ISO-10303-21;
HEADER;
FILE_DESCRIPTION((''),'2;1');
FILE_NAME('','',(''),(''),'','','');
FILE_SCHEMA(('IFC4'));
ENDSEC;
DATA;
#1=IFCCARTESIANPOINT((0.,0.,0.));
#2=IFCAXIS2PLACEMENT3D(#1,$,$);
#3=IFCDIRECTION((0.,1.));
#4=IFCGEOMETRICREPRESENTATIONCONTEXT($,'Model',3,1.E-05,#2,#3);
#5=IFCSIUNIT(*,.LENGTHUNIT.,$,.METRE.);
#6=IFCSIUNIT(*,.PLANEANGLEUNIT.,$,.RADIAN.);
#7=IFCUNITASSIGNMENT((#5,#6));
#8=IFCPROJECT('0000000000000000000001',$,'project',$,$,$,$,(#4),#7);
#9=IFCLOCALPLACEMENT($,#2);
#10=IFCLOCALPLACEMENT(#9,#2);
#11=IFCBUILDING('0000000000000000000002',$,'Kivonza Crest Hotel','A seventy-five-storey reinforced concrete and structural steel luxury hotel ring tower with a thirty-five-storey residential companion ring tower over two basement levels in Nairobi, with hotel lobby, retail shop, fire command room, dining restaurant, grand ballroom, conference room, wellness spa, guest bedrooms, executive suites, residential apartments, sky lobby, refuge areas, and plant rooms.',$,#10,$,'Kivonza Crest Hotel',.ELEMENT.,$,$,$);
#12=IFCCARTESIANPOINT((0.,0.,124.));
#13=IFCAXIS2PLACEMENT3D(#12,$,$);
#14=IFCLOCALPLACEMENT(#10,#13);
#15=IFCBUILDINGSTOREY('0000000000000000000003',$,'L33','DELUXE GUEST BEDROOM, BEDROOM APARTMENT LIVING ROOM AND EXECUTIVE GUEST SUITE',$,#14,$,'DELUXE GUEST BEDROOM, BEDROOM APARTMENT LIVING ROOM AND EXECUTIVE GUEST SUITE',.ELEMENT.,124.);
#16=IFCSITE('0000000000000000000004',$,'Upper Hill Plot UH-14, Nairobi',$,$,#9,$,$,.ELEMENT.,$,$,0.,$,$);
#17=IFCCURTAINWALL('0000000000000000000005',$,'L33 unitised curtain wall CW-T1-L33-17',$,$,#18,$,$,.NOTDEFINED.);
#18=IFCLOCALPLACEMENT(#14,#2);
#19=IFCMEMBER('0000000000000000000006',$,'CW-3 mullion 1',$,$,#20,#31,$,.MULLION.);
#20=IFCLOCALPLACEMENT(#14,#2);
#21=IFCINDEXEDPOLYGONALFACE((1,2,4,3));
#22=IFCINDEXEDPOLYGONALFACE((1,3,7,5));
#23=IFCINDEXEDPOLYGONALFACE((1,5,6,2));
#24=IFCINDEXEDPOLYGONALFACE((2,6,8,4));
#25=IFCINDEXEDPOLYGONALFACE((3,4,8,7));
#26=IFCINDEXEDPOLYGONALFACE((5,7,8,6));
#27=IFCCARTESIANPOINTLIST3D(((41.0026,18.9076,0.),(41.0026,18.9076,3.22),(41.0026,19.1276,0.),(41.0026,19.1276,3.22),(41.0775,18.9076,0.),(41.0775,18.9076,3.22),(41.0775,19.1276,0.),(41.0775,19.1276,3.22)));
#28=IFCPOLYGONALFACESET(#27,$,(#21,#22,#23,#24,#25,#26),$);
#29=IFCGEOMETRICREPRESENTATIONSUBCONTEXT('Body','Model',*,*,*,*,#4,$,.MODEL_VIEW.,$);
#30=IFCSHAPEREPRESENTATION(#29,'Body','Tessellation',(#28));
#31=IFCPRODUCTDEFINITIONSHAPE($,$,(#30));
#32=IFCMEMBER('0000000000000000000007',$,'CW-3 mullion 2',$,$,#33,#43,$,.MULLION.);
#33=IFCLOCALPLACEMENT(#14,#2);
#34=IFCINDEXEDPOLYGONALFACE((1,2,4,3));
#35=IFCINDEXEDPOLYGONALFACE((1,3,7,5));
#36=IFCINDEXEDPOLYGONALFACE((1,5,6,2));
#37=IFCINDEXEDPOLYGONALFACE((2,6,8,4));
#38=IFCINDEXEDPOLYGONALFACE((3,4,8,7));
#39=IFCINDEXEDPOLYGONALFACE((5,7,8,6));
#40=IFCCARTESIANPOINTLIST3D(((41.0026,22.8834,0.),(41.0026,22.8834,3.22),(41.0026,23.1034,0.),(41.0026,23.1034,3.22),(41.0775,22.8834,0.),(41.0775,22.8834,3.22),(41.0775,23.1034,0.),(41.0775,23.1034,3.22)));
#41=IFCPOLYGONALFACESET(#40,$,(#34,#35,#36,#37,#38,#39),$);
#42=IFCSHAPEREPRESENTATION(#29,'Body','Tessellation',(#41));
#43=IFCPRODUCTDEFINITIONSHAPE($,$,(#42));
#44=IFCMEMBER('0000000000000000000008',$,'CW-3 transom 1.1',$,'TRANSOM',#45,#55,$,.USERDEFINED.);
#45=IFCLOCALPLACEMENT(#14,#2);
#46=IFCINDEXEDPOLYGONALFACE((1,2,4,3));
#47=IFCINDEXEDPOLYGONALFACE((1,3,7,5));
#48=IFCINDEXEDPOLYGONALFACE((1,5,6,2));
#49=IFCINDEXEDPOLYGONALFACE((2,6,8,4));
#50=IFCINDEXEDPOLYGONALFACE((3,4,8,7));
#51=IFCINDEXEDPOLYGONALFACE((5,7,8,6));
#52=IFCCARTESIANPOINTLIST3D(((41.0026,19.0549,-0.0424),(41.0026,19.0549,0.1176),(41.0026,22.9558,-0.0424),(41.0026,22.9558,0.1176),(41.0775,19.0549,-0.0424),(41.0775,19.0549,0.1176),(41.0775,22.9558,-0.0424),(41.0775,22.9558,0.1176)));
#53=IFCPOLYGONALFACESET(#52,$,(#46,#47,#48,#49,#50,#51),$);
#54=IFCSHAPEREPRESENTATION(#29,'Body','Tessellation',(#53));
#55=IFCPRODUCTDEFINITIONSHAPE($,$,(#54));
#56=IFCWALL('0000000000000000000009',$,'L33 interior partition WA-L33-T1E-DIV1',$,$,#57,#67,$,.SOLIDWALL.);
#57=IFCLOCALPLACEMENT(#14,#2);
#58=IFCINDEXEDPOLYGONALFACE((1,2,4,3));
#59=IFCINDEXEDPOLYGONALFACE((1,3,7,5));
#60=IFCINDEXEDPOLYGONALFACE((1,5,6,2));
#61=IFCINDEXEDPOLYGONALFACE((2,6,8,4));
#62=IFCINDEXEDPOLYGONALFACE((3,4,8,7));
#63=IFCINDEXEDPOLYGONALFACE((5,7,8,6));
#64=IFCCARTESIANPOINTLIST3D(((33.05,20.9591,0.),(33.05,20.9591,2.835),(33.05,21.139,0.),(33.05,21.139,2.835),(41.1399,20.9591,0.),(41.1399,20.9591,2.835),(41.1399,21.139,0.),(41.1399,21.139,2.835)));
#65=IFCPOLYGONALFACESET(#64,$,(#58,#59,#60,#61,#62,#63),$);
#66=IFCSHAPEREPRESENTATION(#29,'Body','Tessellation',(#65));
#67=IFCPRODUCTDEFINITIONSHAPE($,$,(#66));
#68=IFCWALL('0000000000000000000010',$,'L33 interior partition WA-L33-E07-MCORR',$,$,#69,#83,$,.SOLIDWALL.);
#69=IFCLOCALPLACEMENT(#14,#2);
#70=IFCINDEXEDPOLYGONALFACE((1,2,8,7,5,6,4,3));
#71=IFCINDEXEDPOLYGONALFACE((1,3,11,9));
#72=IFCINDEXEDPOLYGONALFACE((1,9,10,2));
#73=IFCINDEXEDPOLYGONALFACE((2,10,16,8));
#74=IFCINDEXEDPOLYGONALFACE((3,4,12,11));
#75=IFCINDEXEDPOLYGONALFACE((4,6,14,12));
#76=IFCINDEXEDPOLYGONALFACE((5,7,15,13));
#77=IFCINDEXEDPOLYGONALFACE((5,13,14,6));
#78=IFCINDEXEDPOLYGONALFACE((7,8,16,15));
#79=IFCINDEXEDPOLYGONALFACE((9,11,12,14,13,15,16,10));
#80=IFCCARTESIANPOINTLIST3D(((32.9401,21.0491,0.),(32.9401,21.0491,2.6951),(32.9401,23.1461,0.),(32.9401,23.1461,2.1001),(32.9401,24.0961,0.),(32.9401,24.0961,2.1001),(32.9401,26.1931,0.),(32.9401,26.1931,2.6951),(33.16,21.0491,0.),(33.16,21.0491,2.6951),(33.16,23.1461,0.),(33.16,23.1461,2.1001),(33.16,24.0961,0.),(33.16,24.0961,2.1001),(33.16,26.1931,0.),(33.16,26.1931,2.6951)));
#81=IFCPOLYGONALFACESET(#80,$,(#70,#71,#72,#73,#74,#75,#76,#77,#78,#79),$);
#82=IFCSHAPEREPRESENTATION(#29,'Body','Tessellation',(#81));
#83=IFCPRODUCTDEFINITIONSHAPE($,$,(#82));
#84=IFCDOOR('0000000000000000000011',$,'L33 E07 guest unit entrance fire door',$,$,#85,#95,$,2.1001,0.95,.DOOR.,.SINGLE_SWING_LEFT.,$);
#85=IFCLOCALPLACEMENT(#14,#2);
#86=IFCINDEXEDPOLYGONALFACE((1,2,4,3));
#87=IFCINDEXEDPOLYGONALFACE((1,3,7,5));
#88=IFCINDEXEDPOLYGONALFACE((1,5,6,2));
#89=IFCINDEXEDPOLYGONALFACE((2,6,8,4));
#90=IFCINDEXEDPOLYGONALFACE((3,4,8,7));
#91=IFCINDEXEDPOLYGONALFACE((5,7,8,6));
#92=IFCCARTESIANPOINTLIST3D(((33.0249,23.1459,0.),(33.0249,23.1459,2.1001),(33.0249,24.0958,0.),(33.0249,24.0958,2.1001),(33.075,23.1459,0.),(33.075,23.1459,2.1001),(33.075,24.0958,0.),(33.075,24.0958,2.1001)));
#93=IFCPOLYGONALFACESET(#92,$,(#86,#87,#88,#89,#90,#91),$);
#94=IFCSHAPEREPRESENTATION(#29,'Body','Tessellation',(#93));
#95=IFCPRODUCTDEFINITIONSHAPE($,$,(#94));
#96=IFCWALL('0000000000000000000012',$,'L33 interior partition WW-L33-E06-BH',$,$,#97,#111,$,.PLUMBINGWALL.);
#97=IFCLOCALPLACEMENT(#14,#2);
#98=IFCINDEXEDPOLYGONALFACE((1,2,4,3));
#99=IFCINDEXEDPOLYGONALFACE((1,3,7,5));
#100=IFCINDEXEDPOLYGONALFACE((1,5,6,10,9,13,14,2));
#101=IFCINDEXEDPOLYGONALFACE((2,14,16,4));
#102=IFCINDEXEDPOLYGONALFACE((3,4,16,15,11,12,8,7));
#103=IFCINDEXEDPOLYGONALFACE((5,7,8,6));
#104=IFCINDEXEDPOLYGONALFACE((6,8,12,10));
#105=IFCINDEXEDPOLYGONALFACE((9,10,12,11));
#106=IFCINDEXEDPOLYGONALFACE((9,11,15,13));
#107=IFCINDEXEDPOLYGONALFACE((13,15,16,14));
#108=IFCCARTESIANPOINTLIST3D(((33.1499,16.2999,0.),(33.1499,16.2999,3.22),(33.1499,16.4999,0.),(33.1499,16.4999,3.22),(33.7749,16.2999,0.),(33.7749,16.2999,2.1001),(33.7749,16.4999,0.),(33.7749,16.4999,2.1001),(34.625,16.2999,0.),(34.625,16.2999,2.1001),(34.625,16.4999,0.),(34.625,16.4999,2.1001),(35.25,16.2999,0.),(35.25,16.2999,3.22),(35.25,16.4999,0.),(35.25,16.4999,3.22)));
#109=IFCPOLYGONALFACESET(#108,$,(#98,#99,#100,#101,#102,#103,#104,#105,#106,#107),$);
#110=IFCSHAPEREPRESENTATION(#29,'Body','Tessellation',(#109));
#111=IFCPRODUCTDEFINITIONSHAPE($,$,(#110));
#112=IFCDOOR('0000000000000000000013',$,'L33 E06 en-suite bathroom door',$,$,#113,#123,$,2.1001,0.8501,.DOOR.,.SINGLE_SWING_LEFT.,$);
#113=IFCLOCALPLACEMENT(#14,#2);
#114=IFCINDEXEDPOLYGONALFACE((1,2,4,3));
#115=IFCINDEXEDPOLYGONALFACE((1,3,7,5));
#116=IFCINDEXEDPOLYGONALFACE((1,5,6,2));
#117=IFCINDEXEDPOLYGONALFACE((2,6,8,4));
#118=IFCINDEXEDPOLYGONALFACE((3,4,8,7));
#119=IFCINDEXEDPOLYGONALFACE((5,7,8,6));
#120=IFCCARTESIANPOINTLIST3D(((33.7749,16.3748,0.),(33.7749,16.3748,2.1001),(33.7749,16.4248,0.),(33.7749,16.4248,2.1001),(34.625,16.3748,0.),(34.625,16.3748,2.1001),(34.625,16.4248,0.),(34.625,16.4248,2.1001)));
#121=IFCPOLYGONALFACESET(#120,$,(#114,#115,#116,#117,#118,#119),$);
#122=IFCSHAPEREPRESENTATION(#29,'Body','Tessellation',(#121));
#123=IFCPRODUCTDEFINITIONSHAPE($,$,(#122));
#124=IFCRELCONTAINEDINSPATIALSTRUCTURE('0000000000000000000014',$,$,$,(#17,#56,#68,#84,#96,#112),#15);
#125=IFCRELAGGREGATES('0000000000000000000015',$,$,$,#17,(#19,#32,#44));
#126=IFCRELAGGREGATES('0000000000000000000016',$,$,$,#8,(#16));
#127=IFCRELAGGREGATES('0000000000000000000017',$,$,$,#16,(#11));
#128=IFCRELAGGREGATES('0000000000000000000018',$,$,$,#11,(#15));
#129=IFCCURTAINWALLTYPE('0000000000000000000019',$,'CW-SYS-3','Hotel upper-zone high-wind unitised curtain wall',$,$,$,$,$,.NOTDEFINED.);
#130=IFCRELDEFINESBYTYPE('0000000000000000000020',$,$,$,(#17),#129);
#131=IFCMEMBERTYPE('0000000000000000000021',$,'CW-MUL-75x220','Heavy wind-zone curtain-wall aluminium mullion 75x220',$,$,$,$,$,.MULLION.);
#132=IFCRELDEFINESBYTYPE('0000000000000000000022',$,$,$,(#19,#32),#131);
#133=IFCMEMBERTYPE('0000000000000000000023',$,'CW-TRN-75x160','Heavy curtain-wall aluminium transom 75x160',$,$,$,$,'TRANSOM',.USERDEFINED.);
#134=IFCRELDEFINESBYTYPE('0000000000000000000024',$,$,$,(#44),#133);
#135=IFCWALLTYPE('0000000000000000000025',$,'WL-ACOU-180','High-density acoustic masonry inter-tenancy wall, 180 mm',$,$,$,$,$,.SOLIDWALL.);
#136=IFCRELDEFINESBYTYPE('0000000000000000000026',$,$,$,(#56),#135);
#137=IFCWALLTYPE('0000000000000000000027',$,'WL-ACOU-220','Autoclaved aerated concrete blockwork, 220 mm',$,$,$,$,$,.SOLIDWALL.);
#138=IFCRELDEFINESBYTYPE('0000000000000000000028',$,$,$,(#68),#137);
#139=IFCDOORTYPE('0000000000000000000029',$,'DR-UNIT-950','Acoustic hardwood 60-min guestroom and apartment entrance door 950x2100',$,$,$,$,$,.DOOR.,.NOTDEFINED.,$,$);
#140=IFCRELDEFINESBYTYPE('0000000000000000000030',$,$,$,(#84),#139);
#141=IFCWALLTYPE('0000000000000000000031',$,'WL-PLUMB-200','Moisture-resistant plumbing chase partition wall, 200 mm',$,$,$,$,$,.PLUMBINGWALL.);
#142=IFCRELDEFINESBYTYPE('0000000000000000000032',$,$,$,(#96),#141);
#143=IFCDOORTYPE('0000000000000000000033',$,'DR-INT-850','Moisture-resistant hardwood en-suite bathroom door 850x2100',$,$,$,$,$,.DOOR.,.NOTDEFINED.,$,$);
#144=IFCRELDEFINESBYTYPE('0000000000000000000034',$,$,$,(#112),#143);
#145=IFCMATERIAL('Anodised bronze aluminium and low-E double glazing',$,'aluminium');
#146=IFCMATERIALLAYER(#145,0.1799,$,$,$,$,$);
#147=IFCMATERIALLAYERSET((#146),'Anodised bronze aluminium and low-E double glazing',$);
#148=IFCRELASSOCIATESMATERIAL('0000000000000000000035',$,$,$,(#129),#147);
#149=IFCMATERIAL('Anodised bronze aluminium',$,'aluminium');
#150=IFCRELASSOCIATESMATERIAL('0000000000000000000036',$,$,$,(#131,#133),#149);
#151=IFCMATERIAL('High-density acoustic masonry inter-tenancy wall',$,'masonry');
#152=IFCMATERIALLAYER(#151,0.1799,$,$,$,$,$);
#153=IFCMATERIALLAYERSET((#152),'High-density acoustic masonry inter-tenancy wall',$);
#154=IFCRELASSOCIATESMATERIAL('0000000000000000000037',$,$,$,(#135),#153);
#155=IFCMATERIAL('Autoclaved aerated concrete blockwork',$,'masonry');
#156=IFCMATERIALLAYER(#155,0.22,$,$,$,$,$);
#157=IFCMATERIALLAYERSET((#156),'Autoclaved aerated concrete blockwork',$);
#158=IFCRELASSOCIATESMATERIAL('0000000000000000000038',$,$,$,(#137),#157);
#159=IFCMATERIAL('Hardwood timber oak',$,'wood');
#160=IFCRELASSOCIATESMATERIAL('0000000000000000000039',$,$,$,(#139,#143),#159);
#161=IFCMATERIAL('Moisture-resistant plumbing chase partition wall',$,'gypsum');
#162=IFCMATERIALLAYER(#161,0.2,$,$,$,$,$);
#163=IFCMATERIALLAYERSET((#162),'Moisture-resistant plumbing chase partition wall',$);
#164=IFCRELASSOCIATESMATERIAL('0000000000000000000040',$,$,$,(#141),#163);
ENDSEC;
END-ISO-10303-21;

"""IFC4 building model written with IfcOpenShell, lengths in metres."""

from ifc_helpers import new_model, si_unit, direction, frame, frame_2d, origin, origin_2d, place, context, subcontext, project, spatial, rectangle, extrude, material, layer, layer_set, material_profile, profile_set, type_object, element, fill, aggregate, save


model = new_model("IFC4")

# Units and contexts
model_context = context("Model", 3, precision=1e-05, world=origin(), true_north=direction((0.0, 1.0)))
body_context = subcontext(model_context, "Body", "Model", "MODEL_VIEW")
ifc_project = project(units=[si_unit("LENGTHUNIT", "METRE"), si_unit("PLANEANGLEUNIT", "RADIAN")], contexts=[model_context])

# Site, building, storey
site_placement = place(None, origin())
site = spatial("IfcSite", under=ifc_project, at=site_placement, Name="Upper Hill Plot UH-14, Nairobi", CompositionType="ELEMENT", RefElevation=0.0)
building_placement = place(site_placement, origin())
building = spatial("IfcBuilding", under=site, at=building_placement, Name="Kivonza Crest Hotel", Description="A seventy-five-storey reinforced concrete and structural steel luxury hotel ring tower with a thirty-five-storey residential companion ring tower over two basement levels in Nairobi, with hotel lobby, retail shop, fire command room, dining restaurant, grand ballroom, conference room, wellness spa, guest bedrooms, executive suites, residential apartments, sky lobby, refuge areas, and plant rooms.", LongName="Kivonza Crest Hotel", CompositionType="ELEMENT")
storey_placement = place(building_placement, frame((0.0, 0.0, 124.0)))
storey = spatial("IfcBuildingStorey", under=building, at=storey_placement, Name="L33", Description="DELUXE GUEST BEDROOM, BEDROOM APARTMENT LIVING ROOM AND EXECUTIVE GUEST SUITE", LongName="DELUXE GUEST BEDROOM, BEDROOM APARTMENT LIVING ROOM AND EXECUTIVE GUEST SUITE", CompositionType="ELEMENT", Elevation=124.0)

# Curtain wall, members
ifc_material_1 = material(Name="Anodised bronze aluminium and low-E double glazing", Category="aluminium")
ifc_layer_1 = layer(ifc_material_1, 0.1799)
ifc_layer_set_1 = layer_set([ifc_layer_1], Name="Anodised bronze aluminium and low-E double glazing")
curtain_wall_type = type_object("IfcCurtainWallType", Name="CW-SYS-3", Description="Hotel upper-zone high-wind unitised curtain wall", PredefinedType="NOTDEFINED", material=ifc_layer_set_1)
curtain_wall_placement = place(storey_placement, origin())
curtain_wall = element("IfcCurtainWall", 1, at=curtain_wall_placement, inside=storey, type_object=curtain_wall_type, Name="L33 unitised curtain wall CW-T1-L33-17", PredefinedType="NOTDEFINED")
ifc_material_2 = material(Name="Anodised bronze aluminium", Category="aluminium")
ifc_material_profile_1 = material_profile(ifc_material_2, rectangle(XDim=0.075, YDim=0.22, at=origin_2d()), Name="CW-M 75x220")
ifc_profile_set_1 = profile_set([ifc_material_profile_1], Name="Anodised bronze aluminium")
member_type_1 = type_object("IfcMemberType", Name="CW-MUL-75x220", Description="Heavy wind-zone curtain-wall aluminium mullion 75x220", PredefinedType="MULLION", material=ifc_profile_set_1)
member_1_placement = place(storey_placement, frame((41.04, 19.0176, 0.0), z_axis=(0.0, 0.0, 1.0), x_axis=(-1.0, 0.0, 0.0)))
member_1 = element("IfcMember", 2, at=member_1_placement, type_object=member_type_1, Name="CW-3 mullion 1", PredefinedType="MULLION", context=body_context, shape_type="SweptSolid", body=[
    extrude(rectangle(XDim=0.075, YDim=0.22, at=origin_2d()), origin(), (0.0, 0.0, 1.0), 3.22),
])
member_2_placement = place(storey_placement, frame((41.04, 22.9934, 0.0), z_axis=(0.0, 0.0, 1.0), x_axis=(-1.0, 0.0, 0.0)))
member_2 = element("IfcMember", 3, at=member_2_placement, type_object=member_type_1, Name="CW-3 mullion 2", PredefinedType="MULLION", context=body_context, shape_type="SweptSolid", body=[
    extrude(rectangle(XDim=0.075, YDim=0.22, at=origin_2d()), origin(), (0.0, 0.0, 1.0), 3.22),
])
ifc_material_profile_2 = material_profile(ifc_material_2, rectangle(XDim=0.075, YDim=0.1599, at=origin_2d()), Name="CW-T 75x160")
ifc_profile_set_2 = profile_set([ifc_material_profile_2], Name="Anodised bronze aluminium")
member_type_2 = type_object("IfcMemberType", Name="CW-TRN-75x160", Description="Heavy curtain-wall aluminium transom 75x160", ElementType="TRANSOM", PredefinedType="USERDEFINED", material=ifc_profile_set_2)
member_3_placement = place(storey_placement, frame((41.04, 19.0549, 0.0376), z_axis=(0.0, 1.0, 0.0), x_axis=(-1.0, 0.0, 0.0)))
member_3 = element("IfcMember", 4, at=member_3_placement, type_object=member_type_2, Name="CW-3 transom 1.1", ObjectType="TRANSOM", PredefinedType="USERDEFINED", context=body_context, shape_type="SweptSolid", body=[
    extrude(rectangle(XDim=0.075, YDim=0.1599, at=origin_2d()), origin(), (0.0, 0.0, 1.0), 3.9009),
])
aggregate(curtain_wall, [member_1, member_2, member_3])

# Wall
ifc_material_3 = material(Name="High-density acoustic masonry inter-tenancy wall", Category="masonry")
ifc_layer_2 = layer(ifc_material_3, 0.1799)
ifc_layer_set_2 = layer_set([ifc_layer_2], Name="High-density acoustic masonry inter-tenancy wall")
wall_type_1 = type_object("IfcWallType", Name="WL-ACOU-180", Description="High-density acoustic masonry inter-tenancy wall, 180 mm", PredefinedType="SOLIDWALL", material=ifc_layer_set_2)
wall_1_placement = place(storey_placement, frame((33.05, 21.0491, 0.0), z_axis=(0.0, 0.0, 1.0), x_axis=(1.0, 0.0, 0.0)))
element("IfcWall", 5, at=wall_1_placement, inside=storey, type_object=wall_type_1, Name="L33 interior partition WA-L33-T1E-DIV1", PredefinedType="SOLIDWALL", context=body_context, shape_type="SweptSolid", body=[
    extrude(rectangle(XDim=8.0898, YDim=0.1799, at=frame_2d((4.0449, 0.0))), origin(), (0.0, 0.0, 1.0), 2.835),
])

# Walls, openings, doors
ifc_material_4 = material(Name="Autoclaved aerated concrete blockwork", Category="masonry")
ifc_layer_3 = layer(ifc_material_4, 0.22)
ifc_layer_set_3 = layer_set([ifc_layer_3], Name="Autoclaved aerated concrete blockwork")
wall_type_2 = type_object("IfcWallType", Name="WL-ACOU-220", Description="Autoclaved aerated concrete blockwork, 220 mm", PredefinedType="SOLIDWALL", material=ifc_layer_set_3)
wall_2_placement = place(storey_placement, frame((33.05, 21.0491, 0.0), z_axis=(0.0, 0.0, 1.0), x_axis=(0.0, 1.0, 0.0)))
wall_2 = element("IfcWall", 6, at=wall_2_placement, inside=storey, type_object=wall_type_2, Name="L33 interior partition WA-L33-E07-MCORR", PredefinedType="SOLIDWALL", context=body_context, shape_type="SweptSolid", body=[
    extrude(rectangle(XDim=5.144, YDim=0.22, at=frame_2d((2.572, 0.0))), origin(), (0.0, 0.0, 1.0), 2.6951),
])
opening_1_placement = place(wall_2_placement, frame((2.0969, 0.0, 0.0)))
opening_1 = element("IfcOpeningElement", 7, at=opening_1_placement, cuts=wall_2, PredefinedType="OPENING", context=body_context, shape_type="SweptSolid", body=[
    extrude(rectangle(XDim=0.95, YDim=2.1001, at=frame_2d((0.4751, 1.05))), frame((0.0, 0.1201, 0.0), z_axis=(0.0, -1.0, 0.0), x_axis=(1.0, 0.0, 0.0)), (0.0, 0.0, 1.0), 0.24),
])
ifc_material_5 = material(Name="Hardwood timber oak", Category="wood")
door_type_1 = type_object("IfcDoorType", Name="DR-UNIT-950", Description="Acoustic hardwood 60-min guestroom and apartment entrance door 950x2100", OperationType="NOTDEFINED", PredefinedType="DOOR", material=ifc_material_5)
door_1_placement = place(opening_1_placement, frame((0.95, 0.0, 0.0), z_axis=(0.0, 0.0, 1.0), x_axis=(-1.0, 0.0, 0.0)))
door_1 = element("IfcDoor", 8, at=door_1_placement, inside=storey, type_object=door_type_1, Name="L33 E07 guest unit entrance fire door", OperationType="SINGLE_SWING_LEFT", OverallHeight=2.1001, OverallWidth=0.95, PredefinedType="DOOR", context=body_context, shape_type="SweptSolid", body=[
    extrude(rectangle(XDim=0.95, YDim=2.1001, at=frame_2d((0.4751, 1.05))), frame((0.0, 0.0249, 0.0), z_axis=(0.0, -1.0, 0.0), x_axis=(1.0, 0.0, 0.0)), (0.0, 0.0, 1.0), 0.05),
])
fill(opening_1, door_1)
ifc_material_6 = material(Name="Moisture-resistant plumbing chase partition wall", Category="gypsum")
ifc_layer_4 = layer(ifc_material_6, 0.2)
ifc_layer_set_4 = layer_set([ifc_layer_4], Name="Moisture-resistant plumbing chase partition wall")
wall_type_3 = type_object("IfcWallType", Name="WL-PLUMB-200", Description="Moisture-resistant plumbing chase partition wall, 200 mm", PredefinedType="PLUMBINGWALL", material=ifc_layer_set_4)
wall_3_placement = place(storey_placement, frame((33.1499, 16.3999, 0.0), z_axis=(0.0, 0.0, 1.0), x_axis=(1.0, 0.0, 0.0)))
wall_3 = element("IfcWall", 9, at=wall_3_placement, inside=storey, type_object=wall_type_3, Name="L33 interior partition WW-L33-E06-BH", PredefinedType="PLUMBINGWALL", context=body_context, shape_type="SweptSolid", body=[
    extrude(rectangle(XDim=2.1001, YDim=0.2, at=frame_2d((1.05, 0.0))), origin(), (0.0, 0.0, 1.0), 3.22),
])
opening_2_placement = place(wall_3_placement, frame((0.625, 0.0, 0.0)))
opening_2 = element("IfcOpeningElement", 10, at=opening_2_placement, cuts=wall_3, PredefinedType="OPENING", context=body_context, shape_type="SweptSolid", body=[
    extrude(rectangle(XDim=0.8501, YDim=2.1001, at=frame_2d((0.425, 1.05))), frame((0.0, 0.1099, 0.0), z_axis=(0.0, -1.0, 0.0), x_axis=(1.0, 0.0, 0.0)), (0.0, 0.0, 1.0), 0.22),
])
door_type_2 = type_object("IfcDoorType", Name="DR-INT-850", Description="Moisture-resistant hardwood en-suite bathroom door 850x2100", OperationType="NOTDEFINED", PredefinedType="DOOR", material=ifc_material_5)
door_2_placement = place(opening_2_placement, origin())
door_2 = element("IfcDoor", 11, at=door_2_placement, inside=storey, type_object=door_type_2, Name="L33 E06 en-suite bathroom door", OperationType="SINGLE_SWING_LEFT", OverallHeight=2.1001, OverallWidth=0.8501, PredefinedType="DOOR", context=body_context, shape_type="SweptSolid", body=[
    extrude(rectangle(XDim=0.8501, YDim=2.1001, at=frame_2d((0.425, 1.05))), frame((0.0, 0.0249, 0.0), z_axis=(0.0, -1.0, 0.0), x_axis=(1.0, 0.0, 0.0)), (0.0, 0.0, 1.0), 0.05),
])
fill(opening_2, door_2)

save(model, "model.ifc")
